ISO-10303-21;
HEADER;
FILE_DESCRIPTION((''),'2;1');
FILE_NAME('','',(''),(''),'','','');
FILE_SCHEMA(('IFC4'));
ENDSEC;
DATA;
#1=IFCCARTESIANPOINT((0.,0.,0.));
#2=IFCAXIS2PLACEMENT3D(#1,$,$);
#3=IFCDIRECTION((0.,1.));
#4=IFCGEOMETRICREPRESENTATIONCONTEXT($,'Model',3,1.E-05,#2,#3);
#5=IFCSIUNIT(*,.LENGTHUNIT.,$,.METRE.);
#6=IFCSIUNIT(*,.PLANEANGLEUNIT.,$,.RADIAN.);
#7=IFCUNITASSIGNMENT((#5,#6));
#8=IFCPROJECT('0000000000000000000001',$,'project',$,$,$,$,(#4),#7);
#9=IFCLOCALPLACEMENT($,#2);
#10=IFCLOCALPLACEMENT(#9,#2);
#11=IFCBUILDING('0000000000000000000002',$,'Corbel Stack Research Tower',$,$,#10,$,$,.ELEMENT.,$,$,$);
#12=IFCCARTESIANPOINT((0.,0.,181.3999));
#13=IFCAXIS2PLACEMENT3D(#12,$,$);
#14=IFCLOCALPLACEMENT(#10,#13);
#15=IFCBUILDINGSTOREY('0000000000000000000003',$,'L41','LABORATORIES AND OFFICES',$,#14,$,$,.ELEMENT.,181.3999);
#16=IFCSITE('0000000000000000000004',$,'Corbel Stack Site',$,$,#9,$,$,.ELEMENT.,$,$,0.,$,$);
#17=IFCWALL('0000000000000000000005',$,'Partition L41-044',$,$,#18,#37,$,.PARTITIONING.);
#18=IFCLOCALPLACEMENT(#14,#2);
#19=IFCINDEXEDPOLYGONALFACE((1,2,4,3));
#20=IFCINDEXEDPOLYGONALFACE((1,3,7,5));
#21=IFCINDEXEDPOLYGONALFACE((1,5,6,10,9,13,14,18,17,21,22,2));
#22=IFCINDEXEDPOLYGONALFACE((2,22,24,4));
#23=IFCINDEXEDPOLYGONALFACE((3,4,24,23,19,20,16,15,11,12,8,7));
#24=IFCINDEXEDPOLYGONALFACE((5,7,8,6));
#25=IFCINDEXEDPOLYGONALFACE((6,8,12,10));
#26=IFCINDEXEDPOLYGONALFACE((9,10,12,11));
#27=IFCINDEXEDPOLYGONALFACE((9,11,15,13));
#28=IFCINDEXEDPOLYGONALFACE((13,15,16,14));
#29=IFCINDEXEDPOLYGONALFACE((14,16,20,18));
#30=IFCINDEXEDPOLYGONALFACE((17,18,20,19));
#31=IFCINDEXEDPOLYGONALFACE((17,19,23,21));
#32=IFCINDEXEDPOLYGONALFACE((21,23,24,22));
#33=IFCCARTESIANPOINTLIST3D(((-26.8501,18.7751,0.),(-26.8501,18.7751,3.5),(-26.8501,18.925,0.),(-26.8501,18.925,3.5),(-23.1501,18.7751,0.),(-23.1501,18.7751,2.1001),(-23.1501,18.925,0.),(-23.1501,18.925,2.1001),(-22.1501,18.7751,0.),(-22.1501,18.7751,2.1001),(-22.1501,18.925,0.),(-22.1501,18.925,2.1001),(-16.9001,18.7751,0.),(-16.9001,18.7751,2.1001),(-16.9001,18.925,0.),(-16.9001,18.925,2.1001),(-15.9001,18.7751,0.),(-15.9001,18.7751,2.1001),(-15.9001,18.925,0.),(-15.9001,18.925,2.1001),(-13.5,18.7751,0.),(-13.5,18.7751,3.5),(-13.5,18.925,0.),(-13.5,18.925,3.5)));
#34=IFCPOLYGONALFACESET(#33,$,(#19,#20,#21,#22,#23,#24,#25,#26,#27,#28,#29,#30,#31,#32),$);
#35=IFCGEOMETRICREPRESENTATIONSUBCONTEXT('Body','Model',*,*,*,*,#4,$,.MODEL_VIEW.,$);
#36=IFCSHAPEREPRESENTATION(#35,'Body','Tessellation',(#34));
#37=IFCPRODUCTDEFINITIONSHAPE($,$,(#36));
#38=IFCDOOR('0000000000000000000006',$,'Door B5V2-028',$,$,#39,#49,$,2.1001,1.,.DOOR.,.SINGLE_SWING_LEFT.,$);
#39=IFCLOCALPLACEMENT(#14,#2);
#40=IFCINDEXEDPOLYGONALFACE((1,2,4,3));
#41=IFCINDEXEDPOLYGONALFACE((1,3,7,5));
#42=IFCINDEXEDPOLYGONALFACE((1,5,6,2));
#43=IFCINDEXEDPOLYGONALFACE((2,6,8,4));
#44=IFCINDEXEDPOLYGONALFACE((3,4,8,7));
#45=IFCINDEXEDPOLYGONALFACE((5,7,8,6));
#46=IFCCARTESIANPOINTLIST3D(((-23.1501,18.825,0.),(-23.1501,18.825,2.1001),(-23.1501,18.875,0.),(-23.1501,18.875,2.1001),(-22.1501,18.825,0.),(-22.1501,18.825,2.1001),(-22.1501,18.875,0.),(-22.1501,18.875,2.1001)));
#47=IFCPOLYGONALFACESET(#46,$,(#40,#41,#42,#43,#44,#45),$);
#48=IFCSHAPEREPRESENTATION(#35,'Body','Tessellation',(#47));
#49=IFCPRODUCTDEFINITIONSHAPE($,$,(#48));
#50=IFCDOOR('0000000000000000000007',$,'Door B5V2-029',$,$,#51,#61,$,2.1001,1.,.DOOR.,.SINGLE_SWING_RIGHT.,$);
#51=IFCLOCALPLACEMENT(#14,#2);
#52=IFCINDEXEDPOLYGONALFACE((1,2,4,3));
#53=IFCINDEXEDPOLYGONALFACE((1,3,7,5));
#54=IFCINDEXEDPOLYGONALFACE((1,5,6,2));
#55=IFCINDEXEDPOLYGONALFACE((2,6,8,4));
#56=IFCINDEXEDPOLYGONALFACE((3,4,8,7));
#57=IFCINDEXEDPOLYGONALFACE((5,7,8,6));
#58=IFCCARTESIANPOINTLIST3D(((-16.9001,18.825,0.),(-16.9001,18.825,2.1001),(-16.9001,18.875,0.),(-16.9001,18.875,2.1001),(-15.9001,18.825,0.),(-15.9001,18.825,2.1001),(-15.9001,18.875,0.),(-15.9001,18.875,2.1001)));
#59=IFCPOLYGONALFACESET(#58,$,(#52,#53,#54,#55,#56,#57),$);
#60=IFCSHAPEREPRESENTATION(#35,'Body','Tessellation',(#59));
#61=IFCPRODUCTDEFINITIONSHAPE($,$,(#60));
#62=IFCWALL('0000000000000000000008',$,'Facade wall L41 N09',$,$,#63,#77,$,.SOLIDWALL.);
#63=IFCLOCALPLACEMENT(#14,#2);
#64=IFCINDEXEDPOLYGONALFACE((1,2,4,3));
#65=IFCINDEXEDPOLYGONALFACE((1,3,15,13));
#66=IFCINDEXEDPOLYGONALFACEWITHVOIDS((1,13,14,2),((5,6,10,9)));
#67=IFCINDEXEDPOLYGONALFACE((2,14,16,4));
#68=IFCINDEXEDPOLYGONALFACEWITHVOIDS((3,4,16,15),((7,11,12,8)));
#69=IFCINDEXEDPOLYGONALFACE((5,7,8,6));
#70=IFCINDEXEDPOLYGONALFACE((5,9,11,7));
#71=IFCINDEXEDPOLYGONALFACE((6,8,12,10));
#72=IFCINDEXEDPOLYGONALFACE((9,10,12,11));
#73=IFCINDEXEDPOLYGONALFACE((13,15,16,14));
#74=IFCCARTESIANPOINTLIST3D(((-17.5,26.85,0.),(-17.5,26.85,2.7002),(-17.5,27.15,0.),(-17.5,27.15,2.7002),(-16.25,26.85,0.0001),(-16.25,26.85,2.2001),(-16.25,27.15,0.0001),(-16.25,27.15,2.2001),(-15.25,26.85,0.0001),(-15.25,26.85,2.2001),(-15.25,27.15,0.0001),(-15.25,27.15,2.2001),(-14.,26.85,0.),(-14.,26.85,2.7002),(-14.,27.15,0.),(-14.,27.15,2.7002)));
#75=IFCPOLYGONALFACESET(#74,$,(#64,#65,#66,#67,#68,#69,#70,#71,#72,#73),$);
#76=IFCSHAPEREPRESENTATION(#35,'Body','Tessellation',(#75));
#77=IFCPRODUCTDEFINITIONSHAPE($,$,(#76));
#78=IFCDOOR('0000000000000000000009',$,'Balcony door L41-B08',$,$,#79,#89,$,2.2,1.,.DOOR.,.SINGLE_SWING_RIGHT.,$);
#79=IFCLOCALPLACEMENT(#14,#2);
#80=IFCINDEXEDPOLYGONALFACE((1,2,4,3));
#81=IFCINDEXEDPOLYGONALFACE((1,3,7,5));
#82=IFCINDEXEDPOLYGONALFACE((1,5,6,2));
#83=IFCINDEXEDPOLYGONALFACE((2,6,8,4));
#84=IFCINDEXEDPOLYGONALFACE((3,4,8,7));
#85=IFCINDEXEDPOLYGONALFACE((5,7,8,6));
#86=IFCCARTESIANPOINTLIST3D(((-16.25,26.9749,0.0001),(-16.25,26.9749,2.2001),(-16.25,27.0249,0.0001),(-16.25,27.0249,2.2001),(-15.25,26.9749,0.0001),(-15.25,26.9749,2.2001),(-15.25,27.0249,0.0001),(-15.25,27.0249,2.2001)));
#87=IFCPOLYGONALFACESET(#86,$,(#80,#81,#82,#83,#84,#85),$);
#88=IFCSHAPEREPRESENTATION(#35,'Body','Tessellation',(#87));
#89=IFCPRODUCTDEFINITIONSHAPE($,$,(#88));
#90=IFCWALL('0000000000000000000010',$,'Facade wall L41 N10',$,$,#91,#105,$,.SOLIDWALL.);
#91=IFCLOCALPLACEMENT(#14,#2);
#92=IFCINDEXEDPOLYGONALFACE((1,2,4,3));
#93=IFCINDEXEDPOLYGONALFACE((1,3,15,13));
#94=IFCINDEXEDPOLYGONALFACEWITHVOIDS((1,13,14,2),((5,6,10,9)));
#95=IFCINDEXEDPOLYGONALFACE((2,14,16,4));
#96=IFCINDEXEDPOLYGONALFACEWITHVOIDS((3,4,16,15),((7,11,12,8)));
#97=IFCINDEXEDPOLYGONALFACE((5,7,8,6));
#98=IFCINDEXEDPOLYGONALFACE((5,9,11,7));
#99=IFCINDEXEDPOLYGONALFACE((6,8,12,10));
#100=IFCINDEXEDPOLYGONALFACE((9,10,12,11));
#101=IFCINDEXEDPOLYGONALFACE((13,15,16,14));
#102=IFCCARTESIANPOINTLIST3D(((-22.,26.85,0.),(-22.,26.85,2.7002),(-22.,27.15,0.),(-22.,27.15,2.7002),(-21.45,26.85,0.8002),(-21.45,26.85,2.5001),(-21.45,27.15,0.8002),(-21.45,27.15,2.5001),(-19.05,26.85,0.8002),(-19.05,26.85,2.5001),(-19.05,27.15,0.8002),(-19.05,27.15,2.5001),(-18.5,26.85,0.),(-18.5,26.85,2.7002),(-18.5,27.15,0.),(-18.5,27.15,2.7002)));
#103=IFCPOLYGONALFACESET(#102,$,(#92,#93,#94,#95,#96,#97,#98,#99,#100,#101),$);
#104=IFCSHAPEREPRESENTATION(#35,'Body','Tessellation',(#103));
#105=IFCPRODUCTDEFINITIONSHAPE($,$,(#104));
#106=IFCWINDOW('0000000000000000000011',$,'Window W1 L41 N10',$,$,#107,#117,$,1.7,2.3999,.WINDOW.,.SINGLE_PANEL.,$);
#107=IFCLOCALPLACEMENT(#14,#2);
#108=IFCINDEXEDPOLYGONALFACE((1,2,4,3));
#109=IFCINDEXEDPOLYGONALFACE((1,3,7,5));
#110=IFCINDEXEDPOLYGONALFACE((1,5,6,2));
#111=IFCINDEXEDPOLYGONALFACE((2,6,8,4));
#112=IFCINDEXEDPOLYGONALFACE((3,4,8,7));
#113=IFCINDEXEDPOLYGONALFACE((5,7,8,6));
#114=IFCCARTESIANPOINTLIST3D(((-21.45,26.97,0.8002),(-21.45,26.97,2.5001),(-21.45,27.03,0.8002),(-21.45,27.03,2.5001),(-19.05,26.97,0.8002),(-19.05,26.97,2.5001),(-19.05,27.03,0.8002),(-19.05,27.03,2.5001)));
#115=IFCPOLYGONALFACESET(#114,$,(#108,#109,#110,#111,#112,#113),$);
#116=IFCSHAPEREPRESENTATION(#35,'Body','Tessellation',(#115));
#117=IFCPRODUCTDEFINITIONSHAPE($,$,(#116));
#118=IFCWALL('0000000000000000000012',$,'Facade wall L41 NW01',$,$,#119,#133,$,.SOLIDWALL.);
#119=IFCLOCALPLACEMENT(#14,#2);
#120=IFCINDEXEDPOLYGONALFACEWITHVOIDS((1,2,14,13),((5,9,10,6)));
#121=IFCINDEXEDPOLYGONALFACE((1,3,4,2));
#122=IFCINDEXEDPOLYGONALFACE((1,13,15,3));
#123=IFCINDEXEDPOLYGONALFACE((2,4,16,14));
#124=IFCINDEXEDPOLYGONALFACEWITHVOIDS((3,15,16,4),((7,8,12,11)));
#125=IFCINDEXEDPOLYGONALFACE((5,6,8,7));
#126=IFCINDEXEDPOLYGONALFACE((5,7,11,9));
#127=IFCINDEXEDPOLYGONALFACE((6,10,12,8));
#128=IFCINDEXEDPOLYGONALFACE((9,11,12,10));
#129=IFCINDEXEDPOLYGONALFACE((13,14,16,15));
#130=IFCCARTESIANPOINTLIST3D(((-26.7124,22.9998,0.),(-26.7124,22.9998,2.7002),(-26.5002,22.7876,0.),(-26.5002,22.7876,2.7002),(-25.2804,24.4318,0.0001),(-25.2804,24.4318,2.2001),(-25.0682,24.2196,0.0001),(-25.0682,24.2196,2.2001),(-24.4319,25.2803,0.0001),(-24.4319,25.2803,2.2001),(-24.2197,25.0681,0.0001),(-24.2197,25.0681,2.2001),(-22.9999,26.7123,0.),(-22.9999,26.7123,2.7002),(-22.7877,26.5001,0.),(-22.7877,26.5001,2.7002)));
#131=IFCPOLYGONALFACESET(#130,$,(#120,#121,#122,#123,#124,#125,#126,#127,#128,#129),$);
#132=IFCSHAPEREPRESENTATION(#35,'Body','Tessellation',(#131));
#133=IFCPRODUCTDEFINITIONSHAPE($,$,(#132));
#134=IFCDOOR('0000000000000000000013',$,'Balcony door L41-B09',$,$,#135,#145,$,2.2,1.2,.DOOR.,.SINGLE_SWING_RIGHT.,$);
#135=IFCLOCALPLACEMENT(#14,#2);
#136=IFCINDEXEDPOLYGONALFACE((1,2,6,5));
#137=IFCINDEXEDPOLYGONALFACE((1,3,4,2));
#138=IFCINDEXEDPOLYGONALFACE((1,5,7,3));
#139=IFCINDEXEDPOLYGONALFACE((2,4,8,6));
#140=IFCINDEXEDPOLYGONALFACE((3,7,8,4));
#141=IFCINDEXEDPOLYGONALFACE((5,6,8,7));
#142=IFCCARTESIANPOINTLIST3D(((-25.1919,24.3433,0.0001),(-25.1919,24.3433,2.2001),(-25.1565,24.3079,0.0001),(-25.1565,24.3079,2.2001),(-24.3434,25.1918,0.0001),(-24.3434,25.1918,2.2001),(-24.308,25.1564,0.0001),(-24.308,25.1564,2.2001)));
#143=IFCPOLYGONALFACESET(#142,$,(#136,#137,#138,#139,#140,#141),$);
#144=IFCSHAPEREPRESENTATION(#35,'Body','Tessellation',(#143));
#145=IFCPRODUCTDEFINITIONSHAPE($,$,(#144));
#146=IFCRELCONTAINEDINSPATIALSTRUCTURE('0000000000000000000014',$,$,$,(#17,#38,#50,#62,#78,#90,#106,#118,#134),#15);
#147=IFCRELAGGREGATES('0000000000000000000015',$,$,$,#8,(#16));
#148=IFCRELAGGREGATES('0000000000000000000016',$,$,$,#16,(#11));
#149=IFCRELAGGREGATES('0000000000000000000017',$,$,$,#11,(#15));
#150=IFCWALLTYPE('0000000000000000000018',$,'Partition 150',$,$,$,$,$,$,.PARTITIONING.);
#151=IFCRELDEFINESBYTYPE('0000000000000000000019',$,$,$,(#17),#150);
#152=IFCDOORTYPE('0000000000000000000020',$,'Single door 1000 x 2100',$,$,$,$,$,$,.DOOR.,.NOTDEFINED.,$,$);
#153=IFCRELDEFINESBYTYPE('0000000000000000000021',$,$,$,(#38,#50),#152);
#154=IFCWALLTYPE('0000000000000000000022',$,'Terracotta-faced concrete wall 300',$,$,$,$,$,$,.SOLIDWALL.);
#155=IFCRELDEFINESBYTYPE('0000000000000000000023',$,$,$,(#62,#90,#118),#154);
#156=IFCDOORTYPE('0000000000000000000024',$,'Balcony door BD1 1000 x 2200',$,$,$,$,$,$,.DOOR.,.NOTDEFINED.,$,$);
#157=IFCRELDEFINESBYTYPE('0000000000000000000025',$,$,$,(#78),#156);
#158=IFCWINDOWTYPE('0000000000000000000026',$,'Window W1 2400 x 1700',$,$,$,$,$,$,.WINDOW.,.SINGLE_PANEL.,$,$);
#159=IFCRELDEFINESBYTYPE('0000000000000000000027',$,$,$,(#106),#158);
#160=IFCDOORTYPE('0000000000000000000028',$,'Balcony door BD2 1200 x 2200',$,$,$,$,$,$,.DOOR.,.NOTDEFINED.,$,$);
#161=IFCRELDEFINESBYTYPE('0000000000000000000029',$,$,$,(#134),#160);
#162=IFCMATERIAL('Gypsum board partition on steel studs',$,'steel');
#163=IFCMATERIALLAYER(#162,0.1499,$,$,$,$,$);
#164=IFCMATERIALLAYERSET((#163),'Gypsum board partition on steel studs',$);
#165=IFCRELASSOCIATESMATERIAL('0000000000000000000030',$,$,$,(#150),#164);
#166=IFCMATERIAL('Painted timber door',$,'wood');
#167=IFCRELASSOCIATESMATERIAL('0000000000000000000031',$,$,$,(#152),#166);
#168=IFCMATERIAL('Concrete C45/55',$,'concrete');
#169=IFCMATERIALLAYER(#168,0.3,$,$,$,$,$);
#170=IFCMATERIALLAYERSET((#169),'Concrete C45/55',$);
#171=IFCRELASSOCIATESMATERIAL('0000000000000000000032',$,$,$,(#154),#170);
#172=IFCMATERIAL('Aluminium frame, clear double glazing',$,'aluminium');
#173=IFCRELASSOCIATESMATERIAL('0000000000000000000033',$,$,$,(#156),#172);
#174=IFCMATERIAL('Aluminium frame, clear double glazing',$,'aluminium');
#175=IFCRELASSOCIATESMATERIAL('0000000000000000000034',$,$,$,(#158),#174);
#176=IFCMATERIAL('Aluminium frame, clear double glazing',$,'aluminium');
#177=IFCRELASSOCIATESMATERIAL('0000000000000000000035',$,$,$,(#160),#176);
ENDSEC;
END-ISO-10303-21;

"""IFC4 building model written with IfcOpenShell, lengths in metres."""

from ifc_helpers import new_model, si_unit, direction, frame, frame_2d, origin, place, context, subcontext, project, spatial, rectangle, extrude, material, layer, layer_set, type_object, element, fill, save


model = new_model("IFC4")

# Units and contexts
model_context = context("Model", 3, precision=1e-05, world=origin(), true_north=direction((0.0, 1.0)))
body_context = subcontext(model_context, "Body", "Model", "MODEL_VIEW")
ifc_project = project(units=[si_unit("LENGTHUNIT", "METRE"), si_unit("PLANEANGLEUNIT", "RADIAN")], contexts=[model_context])

# Site, building, storey
site_placement = place(None, origin())
site = spatial("IfcSite", under=ifc_project, at=site_placement, Name="Corbel Stack Site", CompositionType="ELEMENT", RefElevation=0.0)
building_placement = place(site_placement, origin())
building = spatial("IfcBuilding", under=site, at=building_placement, Name="Corbel Stack Research Tower", CompositionType="ELEMENT")
storey_placement = place(building_placement, frame((0.0, 0.0, 181.3999)))
storey = spatial("IfcBuildingStorey", under=building, at=storey_placement, Name="L41", Description="LABORATORIES AND OFFICES", CompositionType="ELEMENT", Elevation=181.3999)

# Wall, openings, doors
ifc_material_1 = material(Name="Gypsum board partition on steel studs", Category="steel")
ifc_layer_1 = layer(ifc_material_1, 0.1499)
ifc_layer_set_1 = layer_set([ifc_layer_1], Name="Gypsum board partition on steel studs")
wall_type_1 = type_object("IfcWallType", Name="Partition 150", PredefinedType="PARTITIONING", material=ifc_layer_set_1)
wall_1_placement = place(storey_placement, frame((-26.8501, 18.8501, 0.0), z_axis=(0.0, 0.0, 1.0), x_axis=(1.0, 0.0, 0.0)))
wall_1 = element("IfcWall", 1, at=wall_1_placement, inside=storey, type_object=wall_type_1, Name="Partition L41-044", PredefinedType="PARTITIONING", context=body_context, shape_type="SweptSolid", body=[
    extrude(rectangle(XDim=13.3501, YDim=0.1499, at=frame_2d((6.675, 0.0))), origin(), (0.0, 0.0, 1.0), 3.5),
])
opening_1_placement = place(wall_1_placement, frame((3.7, 0.0, 0.0)))
opening_1 = element("IfcOpeningElement", 2, at=opening_1_placement, cuts=wall_1, PredefinedType="OPENING", context=body_context, shape_type="SweptSolid", body=[
    extrude(rectangle(XDim=1.0, YDim=2.1001, at=frame_2d((0.5, 1.05))), frame((0.0, 0.085, 0.0), z_axis=(0.0, -1.0, 0.0), x_axis=(1.0, 0.0, 0.0)), (0.0, 0.0, 1.0), 0.1699),
])
opening_2_placement = place(wall_1_placement, frame((9.95, 0.0, 0.0)))
opening_2 = element("IfcOpeningElement", 3, at=opening_2_placement, cuts=wall_1, PredefinedType="OPENING", context=body_context, shape_type="SweptSolid", body=[
    extrude(rectangle(XDim=1.0, YDim=2.1001, at=frame_2d((0.5, 1.05))), frame((0.0, 0.085, 0.0), z_axis=(0.0, -1.0, 0.0), x_axis=(1.0, 0.0, 0.0)), (0.0, 0.0, 1.0), 0.1699),
])
ifc_material_2 = material(Name="Painted timber door", Category="wood")
door_type_1 = type_object("IfcDoorType", Name="Single door 1000 x 2100", OperationType="NOTDEFINED", PredefinedType="DOOR", material=ifc_material_2)
door_1_placement = place(opening_1_placement, origin())
door_1 = element("IfcDoor", 4, at=door_1_placement, inside=storey, type_object=door_type_1, Name="Door B5V2-028", OperationType="SINGLE_SWING_LEFT", OverallHeight=2.1001, OverallWidth=1.0, PredefinedType="DOOR", context=body_context, shape_type="SweptSolid", body=[
    extrude(rectangle(XDim=1.0, YDim=2.1001, at=frame_2d((0.5, 1.05))), frame((0.0, 0.0249, 0.0), z_axis=(0.0, -1.0, 0.0), x_axis=(1.0, 0.0, 0.0)), (0.0, 0.0, 1.0), 0.05),
])
fill(opening_1, door_1)
door_2_placement = place(opening_2_placement, origin())
door_2 = element("IfcDoor", 5, at=door_2_placement, inside=storey, type_object=door_type_1, Name="Door B5V2-029", OperationType="SINGLE_SWING_RIGHT", OverallHeight=2.1001, OverallWidth=1.0, PredefinedType="DOOR", context=body_context, shape_type="SweptSolid", body=[
    extrude(rectangle(XDim=1.0, YDim=2.1001, at=frame_2d((0.5, 1.05))), frame((0.0, 0.0249, 0.0), z_axis=(0.0, -1.0, 0.0), x_axis=(1.0, 0.0, 0.0)), (0.0, 0.0, 1.0), 0.05),
])
fill(opening_2, door_2)

# Wall, opening, door
ifc_material_3 = material(Name="Concrete C45/55", Category="concrete")
ifc_layer_2 = layer(ifc_material_3, 0.3)
ifc_layer_set_2 = layer_set([ifc_layer_2], Name="Concrete C45/55")
wall_type_2 = type_object("IfcWallType", Name="Terracotta-faced concrete wall 300", PredefinedType="SOLIDWALL", material=ifc_layer_set_2)
wall_2_placement = place(storey_placement, frame((-17.5, 27.0, 0.0), z_axis=(0.0, 0.0, 1.0), x_axis=(1.0, 0.0, 0.0)))
wall_2 = element("IfcWall", 6, at=wall_2_placement, inside=storey, type_object=wall_type_2, Name="Facade wall L41 N09", PredefinedType="SOLIDWALL", context=body_context, shape_type="SweptSolid", body=[
    extrude(rectangle(XDim=3.5, YDim=0.3, at=frame_2d((1.75, 0.0))), origin(), (0.0, 0.0, 1.0), 2.7002),
])
opening_3_placement = place(wall_2_placement, frame((1.25, 0.0, 0.0)))
opening_3 = element("IfcOpeningElement", 7, at=opening_3_placement, cuts=wall_2, PredefinedType="OPENING", context=body_context, shape_type="SweptSolid", body=[
    extrude(rectangle(XDim=1.0, YDim=2.2, at=frame_2d((0.5, 1.1001))), frame((0.0, 0.1599, 0.0), z_axis=(0.0, -1.0, 0.0), x_axis=(1.0, 0.0, 0.0)), (0.0, 0.0, 1.0), 0.3201),
])
ifc_material_4 = material(Name="Aluminium frame, clear double glazing", Category="aluminium")
door_type_2 = type_object("IfcDoorType", Name="Balcony door BD1 1000 x 2200", OperationType="NOTDEFINED", PredefinedType="DOOR", material=ifc_material_4)
door_3_placement = place(opening_3_placement, origin())
door_3 = element("IfcDoor", 8, at=door_3_placement, inside=storey, type_object=door_type_2, Name="Balcony door L41-B08", OperationType="SINGLE_SWING_RIGHT", OverallHeight=2.2, OverallWidth=1.0, PredefinedType="DOOR", context=body_context, shape_type="SweptSolid", body=[
    extrude(rectangle(XDim=1.0, YDim=2.2, at=frame_2d((0.5, 1.1001))), frame((0.0, 0.0249, 0.0), z_axis=(0.0, -1.0, 0.0), x_axis=(1.0, 0.0, 0.0)), (0.0, 0.0, 1.0), 0.05),
])
fill(opening_3, door_3)

# Wall, opening, window
wall_3_placement = place(storey_placement, frame((-22.0, 27.0, 0.0), z_axis=(0.0, 0.0, 1.0), x_axis=(1.0, 0.0, 0.0)))
wall_3 = element("IfcWall", 9, at=wall_3_placement, inside=storey, type_object=wall_type_2, Name="Facade wall L41 N10", PredefinedType="SOLIDWALL", context=body_context, shape_type="SweptSolid", body=[
    extrude(rectangle(XDim=3.5, YDim=0.3, at=frame_2d((1.75, 0.0))), origin(), (0.0, 0.0, 1.0), 2.7002),
])
opening_4_placement = place(wall_3_placement, frame((0.55, 0.0, 0.8)))
opening_4 = element("IfcOpeningElement", 10, at=opening_4_placement, cuts=wall_3, PredefinedType="OPENING", context=body_context, shape_type="SweptSolid", body=[
    extrude(rectangle(XDim=2.3999, YDim=1.7, at=frame_2d((1.2, 0.8501))), frame((0.0, 0.1599, 0.0), z_axis=(0.0, -1.0, 0.0), x_axis=(1.0, 0.0, 0.0)), (0.0, 0.0, 1.0), 0.3201),
])
ifc_material_5 = material(Name="Aluminium frame, clear double glazing", Category="aluminium")
window_type = type_object("IfcWindowType", Name="Window W1 2400 x 1700", PartitioningType="SINGLE_PANEL", PredefinedType="WINDOW", material=ifc_material_5)
window_1_placement = place(opening_4_placement, origin())
window_1 = element("IfcWindow", 11, at=window_1_placement, inside=storey, type_object=window_type, Name="Window W1 L41 N10", OverallHeight=1.7, OverallWidth=2.3999, PartitioningType="SINGLE_PANEL", PredefinedType="WINDOW", context=body_context, shape_type="SweptSolid", body=[
    extrude(rectangle(XDim=2.3999, YDim=1.7, at=frame_2d((1.2, 0.8501))), frame((0.0, 0.03, 0.0), z_axis=(0.0, -1.0, 0.0), x_axis=(1.0, 0.0, 0.0)), (0.0, 0.0, 1.0), 0.0601),
])
fill(opening_4, window_1)

# Wall, opening, door
wall_4_placement = place(storey_placement, frame((-26.6062, 22.8938, 0.0), z_axis=(0.0, 0.0, 1.0), x_axis=(0.707107, 0.707107, 0.0)))
wall_4 = element("IfcWall", 12, at=wall_4_placement, inside=storey, type_object=wall_type_2, Name="Facade wall L41 NW01", PredefinedType="SOLIDWALL", context=body_context, shape_type="SweptSolid", body=[
    extrude(rectangle(XDim=5.2502, YDim=0.3, at=frame_2d((2.625, 0.0))), origin(), (0.0, 0.0, 1.0), 2.7002),
])
opening_5_placement = place(wall_4_placement, frame((2.0249, 0.0, 0.0)))
opening_5 = element("IfcOpeningElement", 13, at=opening_5_placement, cuts=wall_4, PredefinedType="OPENING", context=body_context, shape_type="SweptSolid", body=[
    extrude(rectangle(XDim=1.2, YDim=2.2, at=frame_2d((0.6001, 1.1001))), frame((0.0, 0.1599, 0.0), z_axis=(0.0, -1.0, 0.0), x_axis=(1.0, 0.0, 0.0)), (0.0, 0.0, 1.0), 0.3201),
])
ifc_material_6 = material(Name="Aluminium frame, clear double glazing", Category="aluminium")
door_type_3 = type_object("IfcDoorType", Name="Balcony door BD2 1200 x 2200", OperationType="NOTDEFINED", PredefinedType="DOOR", material=ifc_material_6)
door_4_placement = place(opening_5_placement, origin())
door_4 = element("IfcDoor", 14, at=door_4_placement, inside=storey, type_object=door_type_3, Name="Balcony door L41-B09", OperationType="SINGLE_SWING_RIGHT", OverallHeight=2.2, OverallWidth=1.2, PredefinedType="DOOR", context=body_context, shape_type="SweptSolid", body=[
    extrude(rectangle(XDim=1.2, YDim=2.2, at=frame_2d((0.6001, 1.1001))), frame((0.0, 0.0249, 0.0), z_axis=(0.0, -1.0, 0.0), x_axis=(1.0, 0.0, 0.0)), (0.0, 0.0, 1.0), 0.05),
])
fill(opening_5, door_4)

save(model, "model.ifc")
